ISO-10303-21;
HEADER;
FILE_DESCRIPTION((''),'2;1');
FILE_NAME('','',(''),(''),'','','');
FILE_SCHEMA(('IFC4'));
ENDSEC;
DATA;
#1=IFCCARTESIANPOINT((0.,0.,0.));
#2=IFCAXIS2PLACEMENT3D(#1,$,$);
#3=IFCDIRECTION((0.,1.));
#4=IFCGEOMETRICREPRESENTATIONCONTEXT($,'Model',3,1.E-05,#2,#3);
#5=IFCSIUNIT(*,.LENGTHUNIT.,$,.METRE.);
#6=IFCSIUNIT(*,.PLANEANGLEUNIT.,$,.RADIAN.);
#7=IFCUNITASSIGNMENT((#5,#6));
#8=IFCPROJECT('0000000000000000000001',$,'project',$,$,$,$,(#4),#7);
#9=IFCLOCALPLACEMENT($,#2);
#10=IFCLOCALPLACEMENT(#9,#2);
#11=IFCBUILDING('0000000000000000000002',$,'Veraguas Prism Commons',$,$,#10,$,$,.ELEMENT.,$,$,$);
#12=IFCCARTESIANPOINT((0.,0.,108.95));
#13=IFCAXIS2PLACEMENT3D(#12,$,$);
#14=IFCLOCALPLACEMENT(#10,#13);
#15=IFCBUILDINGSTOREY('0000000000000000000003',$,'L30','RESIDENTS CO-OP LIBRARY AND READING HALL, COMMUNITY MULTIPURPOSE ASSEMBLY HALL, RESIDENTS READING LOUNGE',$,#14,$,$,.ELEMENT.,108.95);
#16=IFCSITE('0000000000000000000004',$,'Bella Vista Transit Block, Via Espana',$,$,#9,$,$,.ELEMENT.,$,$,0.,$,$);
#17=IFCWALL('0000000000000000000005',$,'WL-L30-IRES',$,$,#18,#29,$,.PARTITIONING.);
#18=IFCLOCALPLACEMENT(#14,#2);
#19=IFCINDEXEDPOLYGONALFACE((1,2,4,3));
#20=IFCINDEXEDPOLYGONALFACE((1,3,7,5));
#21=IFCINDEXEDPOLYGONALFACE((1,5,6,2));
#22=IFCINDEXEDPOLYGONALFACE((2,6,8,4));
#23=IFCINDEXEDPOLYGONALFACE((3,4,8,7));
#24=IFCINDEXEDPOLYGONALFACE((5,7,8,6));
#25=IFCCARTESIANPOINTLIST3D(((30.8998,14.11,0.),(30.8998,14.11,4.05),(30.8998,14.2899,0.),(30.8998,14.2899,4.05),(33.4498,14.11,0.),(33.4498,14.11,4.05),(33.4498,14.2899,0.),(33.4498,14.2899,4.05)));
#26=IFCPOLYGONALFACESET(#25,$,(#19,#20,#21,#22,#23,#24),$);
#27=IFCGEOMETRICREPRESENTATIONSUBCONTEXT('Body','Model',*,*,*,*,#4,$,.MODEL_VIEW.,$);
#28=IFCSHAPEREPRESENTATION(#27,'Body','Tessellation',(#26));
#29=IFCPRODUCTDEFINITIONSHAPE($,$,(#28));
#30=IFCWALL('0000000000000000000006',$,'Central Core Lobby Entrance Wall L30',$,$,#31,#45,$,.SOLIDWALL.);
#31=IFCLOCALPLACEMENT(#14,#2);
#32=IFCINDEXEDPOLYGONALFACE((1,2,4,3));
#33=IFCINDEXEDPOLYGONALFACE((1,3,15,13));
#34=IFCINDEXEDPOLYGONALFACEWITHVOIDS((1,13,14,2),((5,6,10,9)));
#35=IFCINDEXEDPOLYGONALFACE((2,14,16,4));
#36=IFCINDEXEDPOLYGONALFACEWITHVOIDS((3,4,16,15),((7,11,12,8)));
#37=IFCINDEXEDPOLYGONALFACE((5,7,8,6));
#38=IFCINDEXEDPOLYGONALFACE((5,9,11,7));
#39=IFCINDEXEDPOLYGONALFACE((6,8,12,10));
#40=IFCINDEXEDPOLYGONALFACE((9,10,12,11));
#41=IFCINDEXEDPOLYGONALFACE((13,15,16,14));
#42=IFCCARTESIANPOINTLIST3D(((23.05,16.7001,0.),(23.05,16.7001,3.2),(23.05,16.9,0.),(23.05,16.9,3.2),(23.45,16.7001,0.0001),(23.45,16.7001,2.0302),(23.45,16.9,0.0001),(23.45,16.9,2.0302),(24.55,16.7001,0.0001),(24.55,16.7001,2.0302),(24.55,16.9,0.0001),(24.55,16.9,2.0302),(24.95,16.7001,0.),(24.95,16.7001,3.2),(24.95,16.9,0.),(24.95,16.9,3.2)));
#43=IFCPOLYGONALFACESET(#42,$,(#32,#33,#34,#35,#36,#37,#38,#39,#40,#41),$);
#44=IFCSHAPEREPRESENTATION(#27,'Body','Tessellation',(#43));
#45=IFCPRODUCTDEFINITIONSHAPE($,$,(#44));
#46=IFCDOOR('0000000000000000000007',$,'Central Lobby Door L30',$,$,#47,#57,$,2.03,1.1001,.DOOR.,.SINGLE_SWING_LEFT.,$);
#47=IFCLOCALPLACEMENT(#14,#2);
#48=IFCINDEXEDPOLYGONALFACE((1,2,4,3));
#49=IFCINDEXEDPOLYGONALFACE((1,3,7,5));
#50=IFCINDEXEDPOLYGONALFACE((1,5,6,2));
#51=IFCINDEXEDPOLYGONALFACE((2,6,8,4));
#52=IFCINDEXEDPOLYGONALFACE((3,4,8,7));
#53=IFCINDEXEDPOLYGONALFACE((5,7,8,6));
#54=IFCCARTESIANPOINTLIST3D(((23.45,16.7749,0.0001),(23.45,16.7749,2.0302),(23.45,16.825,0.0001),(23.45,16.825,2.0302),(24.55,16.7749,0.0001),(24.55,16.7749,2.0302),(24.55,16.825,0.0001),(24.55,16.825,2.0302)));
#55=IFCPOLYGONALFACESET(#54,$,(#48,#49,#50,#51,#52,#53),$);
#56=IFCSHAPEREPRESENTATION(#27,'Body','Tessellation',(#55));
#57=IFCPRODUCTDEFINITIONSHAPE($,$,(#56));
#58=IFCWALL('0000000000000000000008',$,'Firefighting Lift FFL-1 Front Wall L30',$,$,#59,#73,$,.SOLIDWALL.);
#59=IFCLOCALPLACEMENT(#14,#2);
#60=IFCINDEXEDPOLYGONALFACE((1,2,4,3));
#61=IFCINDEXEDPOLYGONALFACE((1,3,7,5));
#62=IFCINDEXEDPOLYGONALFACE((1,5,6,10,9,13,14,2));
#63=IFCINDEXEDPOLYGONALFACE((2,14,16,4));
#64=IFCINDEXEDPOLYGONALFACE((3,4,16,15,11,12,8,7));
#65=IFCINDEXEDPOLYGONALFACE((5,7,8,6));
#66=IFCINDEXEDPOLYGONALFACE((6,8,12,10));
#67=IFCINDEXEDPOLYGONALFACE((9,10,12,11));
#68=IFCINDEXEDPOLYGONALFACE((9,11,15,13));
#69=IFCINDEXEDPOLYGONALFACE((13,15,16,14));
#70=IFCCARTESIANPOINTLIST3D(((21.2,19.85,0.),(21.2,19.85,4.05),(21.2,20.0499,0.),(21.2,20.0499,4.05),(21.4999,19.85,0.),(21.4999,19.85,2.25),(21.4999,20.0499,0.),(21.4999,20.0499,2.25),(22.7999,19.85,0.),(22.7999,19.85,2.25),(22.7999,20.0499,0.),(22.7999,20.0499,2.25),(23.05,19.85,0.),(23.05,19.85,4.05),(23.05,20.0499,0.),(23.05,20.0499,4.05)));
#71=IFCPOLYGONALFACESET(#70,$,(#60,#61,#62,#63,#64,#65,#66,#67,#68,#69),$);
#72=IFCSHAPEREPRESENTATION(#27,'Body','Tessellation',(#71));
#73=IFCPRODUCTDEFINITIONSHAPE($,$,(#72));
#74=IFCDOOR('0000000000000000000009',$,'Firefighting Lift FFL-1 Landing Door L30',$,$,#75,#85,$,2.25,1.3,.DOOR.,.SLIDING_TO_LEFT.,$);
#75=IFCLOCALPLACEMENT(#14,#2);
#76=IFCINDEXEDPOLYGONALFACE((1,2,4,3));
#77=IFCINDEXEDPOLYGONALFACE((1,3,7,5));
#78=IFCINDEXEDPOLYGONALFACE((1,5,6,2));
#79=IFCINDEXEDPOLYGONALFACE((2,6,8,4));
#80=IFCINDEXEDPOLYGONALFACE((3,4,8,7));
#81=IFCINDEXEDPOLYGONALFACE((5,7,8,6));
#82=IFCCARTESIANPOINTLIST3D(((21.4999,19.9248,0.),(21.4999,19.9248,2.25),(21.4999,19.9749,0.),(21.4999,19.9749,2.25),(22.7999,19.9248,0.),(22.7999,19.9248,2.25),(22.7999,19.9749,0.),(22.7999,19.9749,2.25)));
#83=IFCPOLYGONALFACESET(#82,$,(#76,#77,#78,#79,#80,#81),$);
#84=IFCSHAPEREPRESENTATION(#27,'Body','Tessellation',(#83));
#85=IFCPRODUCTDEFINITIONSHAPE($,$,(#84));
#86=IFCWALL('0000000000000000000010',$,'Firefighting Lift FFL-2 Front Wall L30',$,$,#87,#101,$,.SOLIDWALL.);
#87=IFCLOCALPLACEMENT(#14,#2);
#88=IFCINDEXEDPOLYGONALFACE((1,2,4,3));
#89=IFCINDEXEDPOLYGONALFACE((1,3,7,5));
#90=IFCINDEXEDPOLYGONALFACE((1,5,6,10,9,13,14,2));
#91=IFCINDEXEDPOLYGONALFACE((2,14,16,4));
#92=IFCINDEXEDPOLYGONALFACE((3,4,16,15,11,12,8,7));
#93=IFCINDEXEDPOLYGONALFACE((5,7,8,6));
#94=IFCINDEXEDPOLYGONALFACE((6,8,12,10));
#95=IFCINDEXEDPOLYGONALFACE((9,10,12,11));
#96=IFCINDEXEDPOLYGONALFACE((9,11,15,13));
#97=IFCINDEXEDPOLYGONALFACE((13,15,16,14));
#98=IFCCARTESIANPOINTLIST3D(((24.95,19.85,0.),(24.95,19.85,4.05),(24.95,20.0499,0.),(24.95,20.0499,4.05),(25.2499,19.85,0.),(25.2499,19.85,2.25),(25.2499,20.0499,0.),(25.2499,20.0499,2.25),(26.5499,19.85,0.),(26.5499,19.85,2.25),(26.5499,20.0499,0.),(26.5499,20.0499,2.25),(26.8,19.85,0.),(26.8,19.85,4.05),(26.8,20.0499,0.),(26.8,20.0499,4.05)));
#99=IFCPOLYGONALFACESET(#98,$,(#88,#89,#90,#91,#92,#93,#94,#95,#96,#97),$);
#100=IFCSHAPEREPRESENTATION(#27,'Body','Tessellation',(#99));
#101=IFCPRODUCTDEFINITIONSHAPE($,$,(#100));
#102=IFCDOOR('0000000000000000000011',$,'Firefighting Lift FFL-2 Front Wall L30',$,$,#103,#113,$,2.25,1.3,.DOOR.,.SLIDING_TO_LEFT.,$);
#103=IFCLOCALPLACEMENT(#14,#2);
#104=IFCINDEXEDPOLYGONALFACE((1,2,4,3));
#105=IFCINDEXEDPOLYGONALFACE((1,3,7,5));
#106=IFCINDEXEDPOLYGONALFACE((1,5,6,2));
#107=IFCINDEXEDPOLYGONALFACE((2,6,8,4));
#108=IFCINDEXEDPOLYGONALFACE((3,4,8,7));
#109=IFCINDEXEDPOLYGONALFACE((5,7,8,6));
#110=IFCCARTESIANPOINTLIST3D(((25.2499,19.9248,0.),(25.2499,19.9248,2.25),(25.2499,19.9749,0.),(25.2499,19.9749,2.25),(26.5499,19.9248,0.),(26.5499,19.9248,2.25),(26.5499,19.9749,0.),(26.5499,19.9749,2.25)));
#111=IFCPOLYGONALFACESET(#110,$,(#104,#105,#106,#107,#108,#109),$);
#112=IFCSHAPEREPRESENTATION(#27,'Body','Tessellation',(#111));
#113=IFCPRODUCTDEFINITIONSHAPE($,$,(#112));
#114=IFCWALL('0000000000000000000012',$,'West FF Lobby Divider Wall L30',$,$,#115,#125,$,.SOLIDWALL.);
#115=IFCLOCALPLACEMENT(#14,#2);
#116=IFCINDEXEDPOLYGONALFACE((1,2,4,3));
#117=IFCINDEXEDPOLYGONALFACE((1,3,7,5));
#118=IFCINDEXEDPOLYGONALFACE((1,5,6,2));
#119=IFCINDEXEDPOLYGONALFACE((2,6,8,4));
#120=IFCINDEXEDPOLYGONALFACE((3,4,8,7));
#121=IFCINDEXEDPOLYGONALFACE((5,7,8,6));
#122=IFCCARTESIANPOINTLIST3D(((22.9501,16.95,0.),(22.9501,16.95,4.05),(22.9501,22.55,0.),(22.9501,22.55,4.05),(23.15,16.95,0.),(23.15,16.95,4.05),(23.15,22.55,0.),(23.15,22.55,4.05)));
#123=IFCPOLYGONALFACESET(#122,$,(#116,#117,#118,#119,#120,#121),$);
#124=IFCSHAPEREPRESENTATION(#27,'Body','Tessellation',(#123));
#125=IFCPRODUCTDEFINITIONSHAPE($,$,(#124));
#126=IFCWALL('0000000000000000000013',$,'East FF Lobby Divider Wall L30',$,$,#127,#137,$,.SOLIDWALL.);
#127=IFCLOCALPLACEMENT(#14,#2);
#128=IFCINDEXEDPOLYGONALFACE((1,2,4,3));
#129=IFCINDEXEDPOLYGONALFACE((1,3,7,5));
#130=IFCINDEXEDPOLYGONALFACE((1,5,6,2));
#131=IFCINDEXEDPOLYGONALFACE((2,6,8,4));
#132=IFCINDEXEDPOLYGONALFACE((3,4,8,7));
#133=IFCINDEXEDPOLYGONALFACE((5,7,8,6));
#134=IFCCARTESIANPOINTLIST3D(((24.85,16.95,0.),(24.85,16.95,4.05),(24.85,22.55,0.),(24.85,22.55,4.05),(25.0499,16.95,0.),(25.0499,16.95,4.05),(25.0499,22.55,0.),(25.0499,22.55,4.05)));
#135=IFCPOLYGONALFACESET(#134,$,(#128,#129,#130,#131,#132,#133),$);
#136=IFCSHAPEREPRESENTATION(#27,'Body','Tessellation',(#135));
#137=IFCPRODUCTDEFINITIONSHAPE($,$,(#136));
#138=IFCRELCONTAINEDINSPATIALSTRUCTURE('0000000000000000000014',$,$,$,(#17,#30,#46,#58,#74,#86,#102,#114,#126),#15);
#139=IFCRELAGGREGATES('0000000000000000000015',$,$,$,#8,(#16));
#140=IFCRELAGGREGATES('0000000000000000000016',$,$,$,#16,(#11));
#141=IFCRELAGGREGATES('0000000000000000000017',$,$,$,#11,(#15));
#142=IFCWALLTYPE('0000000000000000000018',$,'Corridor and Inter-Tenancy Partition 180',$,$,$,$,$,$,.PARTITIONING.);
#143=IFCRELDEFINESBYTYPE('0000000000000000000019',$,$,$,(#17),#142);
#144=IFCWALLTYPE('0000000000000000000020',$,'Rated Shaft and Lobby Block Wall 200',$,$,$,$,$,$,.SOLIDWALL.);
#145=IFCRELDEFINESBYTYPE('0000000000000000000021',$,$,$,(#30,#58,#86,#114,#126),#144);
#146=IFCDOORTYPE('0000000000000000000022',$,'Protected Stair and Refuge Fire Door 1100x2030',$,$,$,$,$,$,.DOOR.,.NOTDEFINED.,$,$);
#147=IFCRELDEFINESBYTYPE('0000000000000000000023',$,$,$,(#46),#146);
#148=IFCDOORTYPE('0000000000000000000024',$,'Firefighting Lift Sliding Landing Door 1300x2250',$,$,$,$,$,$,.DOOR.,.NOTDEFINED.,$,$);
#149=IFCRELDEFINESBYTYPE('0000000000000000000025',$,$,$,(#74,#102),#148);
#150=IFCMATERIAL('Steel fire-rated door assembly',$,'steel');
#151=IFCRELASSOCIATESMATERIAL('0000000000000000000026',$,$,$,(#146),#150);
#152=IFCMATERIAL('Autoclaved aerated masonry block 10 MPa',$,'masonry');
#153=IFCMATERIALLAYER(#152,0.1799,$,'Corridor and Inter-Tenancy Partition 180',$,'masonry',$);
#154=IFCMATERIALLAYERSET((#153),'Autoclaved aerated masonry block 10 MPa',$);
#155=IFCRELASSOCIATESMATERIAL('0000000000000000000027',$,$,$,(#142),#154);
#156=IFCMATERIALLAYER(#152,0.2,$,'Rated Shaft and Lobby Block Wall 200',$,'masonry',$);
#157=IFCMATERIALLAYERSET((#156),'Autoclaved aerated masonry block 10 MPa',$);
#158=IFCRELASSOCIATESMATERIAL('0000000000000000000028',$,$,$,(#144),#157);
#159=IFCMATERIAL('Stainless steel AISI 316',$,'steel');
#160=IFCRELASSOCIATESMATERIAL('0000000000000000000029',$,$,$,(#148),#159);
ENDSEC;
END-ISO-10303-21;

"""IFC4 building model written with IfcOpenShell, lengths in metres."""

from ifc_helpers import new_model, si_unit, direction, frame, frame_2d, origin, place, context, subcontext, project, spatial, rectangle, extrude, source, transform, mapped, material, layer, layer_set, type_object, element, fill, save


model = new_model("IFC4")

# Units and contexts
model_context = context("Model", 3, precision=1e-05, world=origin(), true_north=direction((0.0, 1.0)))
body_context = subcontext(model_context, "Body", "Model", "MODEL_VIEW")
ifc_project = project(units=[si_unit("LENGTHUNIT", "METRE"), si_unit("PLANEANGLEUNIT", "RADIAN")], contexts=[model_context])

# Site, building, storey
site_placement = place(None, origin())
site = spatial("IfcSite", under=ifc_project, at=site_placement, Name="Bella Vista Transit Block, Via Espana", CompositionType="ELEMENT", RefElevation=0.0)
building_placement = place(site_placement, origin())
building = spatial("IfcBuilding", under=site, at=building_placement, Name="Veraguas Prism Commons", CompositionType="ELEMENT")
storey_placement = place(building_placement, frame((0.0, 0.0, 108.95)))
storey = spatial("IfcBuildingStorey", under=building, at=storey_placement, Name="L30", Description="RESIDENTS CO-OP LIBRARY AND READING HALL, COMMUNITY MULTIPURPOSE ASSEMBLY HALL, RESIDENTS READING LOUNGE", CompositionType="ELEMENT", Elevation=108.95)

# Shared definitions
ifc_material_1 = material(Name="Steel fire-rated door assembly", Category="steel")
door_type_1 = type_object("IfcDoorType", Name="Protected Stair and Refuge Fire Door 1100x2030", OperationType="NOTDEFINED", PredefinedType="DOOR", material=ifc_material_1)
shared_shape_1 = source(origin(), body_context, "Body", "SweptSolid", [
    extrude(rectangle(XDim=1.1001, YDim=2.03, at=frame_2d((0.55, 1.0151))), frame((0.0, 0.0249, 0.0), z_axis=(0.0, -1.0, 0.0), x_axis=(1.0, 0.0, 0.0)), (0.0, 0.0, 1.0), 0.05),
])

# Wall
ifc_material_2 = material(Name="Autoclaved aerated masonry block 10 MPa", Category="masonry")
ifc_layer_1 = layer(ifc_material_2, 0.1799, Name="Corridor and Inter-Tenancy Partition 180", Category="masonry")
ifc_layer_set_1 = layer_set([ifc_layer_1], Name="Autoclaved aerated masonry block 10 MPa")
wall_type_1 = type_object("IfcWallType", Name="Corridor and Inter-Tenancy Partition 180", PredefinedType="PARTITIONING", material=ifc_layer_set_1)
wall_1_placement = place(storey_placement, frame((30.8999, 14.2, 0.0), z_axis=(0.0, 0.0, 1.0), x_axis=(1.0, 0.0, 0.0)))
element("IfcWall", 1, at=wall_1_placement, inside=storey, type_object=wall_type_1, Name="WL-L30-IRES", PredefinedType="PARTITIONING", context=body_context, shape_type="SweptSolid", body=[
    extrude(rectangle(XDim=2.55, YDim=0.1799, at=frame_2d((1.2749, 0.0))), origin(), (0.0, 0.0, 1.0), 4.05),
])

# Walls, openings, doors
ifc_layer_2 = layer(ifc_material_2, 0.2, Name="Rated Shaft and Lobby Block Wall 200", Category="masonry")
ifc_layer_set_2 = layer_set([ifc_layer_2], Name="Autoclaved aerated masonry block 10 MPa")
wall_type_2 = type_object("IfcWallType", Name="Rated Shaft and Lobby Block Wall 200", PredefinedType="SOLIDWALL", material=ifc_layer_set_2)
wall_2_placement = place(storey_placement, frame((23.05, 16.8, 0.0), z_axis=(0.0, 0.0, 1.0), x_axis=(1.0, 0.0, 0.0)))
wall_2 = element("IfcWall", 2, at=wall_2_placement, inside=storey, type_object=wall_type_2, Name="Central Core Lobby Entrance Wall L30", PredefinedType="SOLIDWALL", context=body_context, shape_type="SweptSolid", body=[
    extrude(rectangle(XDim=1.8999, YDim=0.2, at=frame_2d((0.95, 0.0))), origin(), (0.0, 0.0, 1.0), 3.2),
])
opening_1_placement = place(wall_2_placement, frame((0.3999, 0.0, 0.0)))
opening_1 = element("IfcOpeningElement", 3, at=opening_1_placement, cuts=wall_2, PredefinedType="OPENING", context=body_context, shape_type="SweptSolid", body=[
    extrude(rectangle(XDim=1.1001, YDim=2.03, at=frame_2d((0.55, 1.0151))), frame((0.0, 0.1099, 0.0), z_axis=(0.0, -1.0, 0.0), x_axis=(1.0, 0.0, 0.0)), (0.0, 0.0, 1.0), 0.22),
])
door_1_placement = place(opening_1_placement, origin())
door_1 = element("IfcDoor", 4, at=door_1_placement, inside=storey, type_object=door_type_1, Name="Central Lobby Door L30", OperationType="SINGLE_SWING_LEFT", OverallHeight=2.03, OverallWidth=1.1001, PredefinedType="DOOR", context=body_context, shape_type="MappedRepresentation", body=[
    mapped(shared_shape_1, transform((0.0, 0.0, 0.0), scale=1.0)),
])
fill(opening_1, door_1)
wall_3_placement = place(storey_placement, frame((21.2, 19.95, 0.0), z_axis=(0.0, 0.0, 1.0), x_axis=(1.0, 0.0, 0.0)))
wall_3 = element("IfcWall", 5, at=wall_3_placement, inside=storey, type_object=wall_type_2, Name="Firefighting Lift FFL-1 Front Wall L30", PredefinedType="SOLIDWALL", context=body_context, shape_type="SweptSolid", body=[
    extrude(rectangle(XDim=1.8501, YDim=0.2, at=frame_2d((0.925, 0.0))), origin(), (0.0, 0.0, 1.0), 4.05),
])
opening_2_placement = place(wall_3_placement, frame((0.3, 0.0, 0.0)))
opening_2 = element("IfcOpeningElement", 6, at=opening_2_placement, cuts=wall_3, PredefinedType="OPENING", context=body_context, shape_type="SweptSolid", body=[
    extrude(rectangle(XDim=1.3, YDim=2.25, at=frame_2d((0.6499, 1.125))), frame((0.0, 0.1099, 0.0), z_axis=(0.0, -1.0, 0.0), x_axis=(1.0, 0.0, 0.0)), (0.0, 0.0, 1.0), 0.22),
])
ifc_material_3 = material(Name="Stainless steel AISI 316", Category="steel")
door_type_2 = type_object("IfcDoorType", Name="Firefighting Lift Sliding Landing Door 1300x2250", OperationType="NOTDEFINED", PredefinedType="DOOR", material=ifc_material_3)
shared_shape_2 = source(origin(), body_context, "Body", "SweptSolid", [
    extrude(rectangle(XDim=1.3, YDim=2.25, at=frame_2d((0.6499, 1.125))), frame((0.0, 0.0249, 0.0), z_axis=(0.0, -1.0, 0.0), x_axis=(1.0, 0.0, 0.0)), (0.0, 0.0, 1.0), 0.05),
])
door_2_placement = place(opening_2_placement, origin())
door_2 = element("IfcDoor", 7, at=door_2_placement, inside=storey, type_object=door_type_2, Name="Firefighting Lift FFL-1 Landing Door L30", OperationType="SLIDING_TO_LEFT", OverallHeight=2.25, OverallWidth=1.3, PredefinedType="DOOR", context=body_context, shape_type="MappedRepresentation", body=[
    mapped(shared_shape_2, transform((0.0, 0.0, 0.0), scale=1.0)),
])
fill(opening_2, door_2)
wall_4_placement = place(storey_placement, frame((24.95, 19.95, 0.0), z_axis=(0.0, 0.0, 1.0), x_axis=(1.0, 0.0, 0.0)))
wall_4 = element("IfcWall", 8, at=wall_4_placement, inside=storey, type_object=wall_type_2, Name="Firefighting Lift FFL-2 Front Wall L30", PredefinedType="SOLIDWALL", context=body_context, shape_type="SweptSolid", body=[
    extrude(rectangle(XDim=1.8501, YDim=0.2, at=frame_2d((0.925, 0.0))), origin(), (0.0, 0.0, 1.0), 4.05),
])
opening_3_placement = place(wall_4_placement, frame((0.3, 0.0, 0.0)))
opening_3 = element("IfcOpeningElement", 9, at=opening_3_placement, cuts=wall_4, PredefinedType="OPENING", context=body_context, shape_type="SweptSolid", body=[
    extrude(rectangle(XDim=1.3, YDim=2.25, at=frame_2d((0.6499, 1.125))), frame((0.0, 0.1099, 0.0), z_axis=(0.0, -1.0, 0.0), x_axis=(1.0, 0.0, 0.0)), (0.0, 0.0, 1.0), 0.22),
])
door_3_placement = place(opening_3_placement, origin())
door_3 = element("IfcDoor", 10, at=door_3_placement, inside=storey, type_object=door_type_2, Name="Firefighting Lift FFL-2 Front Wall L30", OperationType="SLIDING_TO_LEFT", OverallHeight=2.25, OverallWidth=1.3, PredefinedType="DOOR", context=body_context, shape_type="MappedRepresentation", body=[
    mapped(shared_shape_2, transform((0.0, 0.0, 0.0), scale=1.0)),
])
fill(opening_3, door_3)

# Walls
for number, where, z_axis, x_axis, name in (
    (11, (23.05, 16.95, 0.0), (0.0, 0.0, 1.0), (0.0, 1.0, 0.0), "West FF Lobby Divider Wall L30"),
    (12, (24.95, 16.95, 0.0), (0.0, 0.0, 1.0), (0.0, 1.0, 0.0), "East FF Lobby Divider Wall L30"),
):
    element("IfcWall", number, at=place(storey_placement, frame(where, z_axis=z_axis, x_axis=x_axis)), inside=storey, type_object=wall_type_2, Name=name, PredefinedType="SOLIDWALL", context=body_context, shape_type="SweptSolid", body=[
        extrude(rectangle(XDim=5.6001, YDim=0.2, at=frame_2d((2.8, 0.0))), origin(), (0.0, 0.0, 1.0), 4.05),
    ])

save(model, "model.ifc")
